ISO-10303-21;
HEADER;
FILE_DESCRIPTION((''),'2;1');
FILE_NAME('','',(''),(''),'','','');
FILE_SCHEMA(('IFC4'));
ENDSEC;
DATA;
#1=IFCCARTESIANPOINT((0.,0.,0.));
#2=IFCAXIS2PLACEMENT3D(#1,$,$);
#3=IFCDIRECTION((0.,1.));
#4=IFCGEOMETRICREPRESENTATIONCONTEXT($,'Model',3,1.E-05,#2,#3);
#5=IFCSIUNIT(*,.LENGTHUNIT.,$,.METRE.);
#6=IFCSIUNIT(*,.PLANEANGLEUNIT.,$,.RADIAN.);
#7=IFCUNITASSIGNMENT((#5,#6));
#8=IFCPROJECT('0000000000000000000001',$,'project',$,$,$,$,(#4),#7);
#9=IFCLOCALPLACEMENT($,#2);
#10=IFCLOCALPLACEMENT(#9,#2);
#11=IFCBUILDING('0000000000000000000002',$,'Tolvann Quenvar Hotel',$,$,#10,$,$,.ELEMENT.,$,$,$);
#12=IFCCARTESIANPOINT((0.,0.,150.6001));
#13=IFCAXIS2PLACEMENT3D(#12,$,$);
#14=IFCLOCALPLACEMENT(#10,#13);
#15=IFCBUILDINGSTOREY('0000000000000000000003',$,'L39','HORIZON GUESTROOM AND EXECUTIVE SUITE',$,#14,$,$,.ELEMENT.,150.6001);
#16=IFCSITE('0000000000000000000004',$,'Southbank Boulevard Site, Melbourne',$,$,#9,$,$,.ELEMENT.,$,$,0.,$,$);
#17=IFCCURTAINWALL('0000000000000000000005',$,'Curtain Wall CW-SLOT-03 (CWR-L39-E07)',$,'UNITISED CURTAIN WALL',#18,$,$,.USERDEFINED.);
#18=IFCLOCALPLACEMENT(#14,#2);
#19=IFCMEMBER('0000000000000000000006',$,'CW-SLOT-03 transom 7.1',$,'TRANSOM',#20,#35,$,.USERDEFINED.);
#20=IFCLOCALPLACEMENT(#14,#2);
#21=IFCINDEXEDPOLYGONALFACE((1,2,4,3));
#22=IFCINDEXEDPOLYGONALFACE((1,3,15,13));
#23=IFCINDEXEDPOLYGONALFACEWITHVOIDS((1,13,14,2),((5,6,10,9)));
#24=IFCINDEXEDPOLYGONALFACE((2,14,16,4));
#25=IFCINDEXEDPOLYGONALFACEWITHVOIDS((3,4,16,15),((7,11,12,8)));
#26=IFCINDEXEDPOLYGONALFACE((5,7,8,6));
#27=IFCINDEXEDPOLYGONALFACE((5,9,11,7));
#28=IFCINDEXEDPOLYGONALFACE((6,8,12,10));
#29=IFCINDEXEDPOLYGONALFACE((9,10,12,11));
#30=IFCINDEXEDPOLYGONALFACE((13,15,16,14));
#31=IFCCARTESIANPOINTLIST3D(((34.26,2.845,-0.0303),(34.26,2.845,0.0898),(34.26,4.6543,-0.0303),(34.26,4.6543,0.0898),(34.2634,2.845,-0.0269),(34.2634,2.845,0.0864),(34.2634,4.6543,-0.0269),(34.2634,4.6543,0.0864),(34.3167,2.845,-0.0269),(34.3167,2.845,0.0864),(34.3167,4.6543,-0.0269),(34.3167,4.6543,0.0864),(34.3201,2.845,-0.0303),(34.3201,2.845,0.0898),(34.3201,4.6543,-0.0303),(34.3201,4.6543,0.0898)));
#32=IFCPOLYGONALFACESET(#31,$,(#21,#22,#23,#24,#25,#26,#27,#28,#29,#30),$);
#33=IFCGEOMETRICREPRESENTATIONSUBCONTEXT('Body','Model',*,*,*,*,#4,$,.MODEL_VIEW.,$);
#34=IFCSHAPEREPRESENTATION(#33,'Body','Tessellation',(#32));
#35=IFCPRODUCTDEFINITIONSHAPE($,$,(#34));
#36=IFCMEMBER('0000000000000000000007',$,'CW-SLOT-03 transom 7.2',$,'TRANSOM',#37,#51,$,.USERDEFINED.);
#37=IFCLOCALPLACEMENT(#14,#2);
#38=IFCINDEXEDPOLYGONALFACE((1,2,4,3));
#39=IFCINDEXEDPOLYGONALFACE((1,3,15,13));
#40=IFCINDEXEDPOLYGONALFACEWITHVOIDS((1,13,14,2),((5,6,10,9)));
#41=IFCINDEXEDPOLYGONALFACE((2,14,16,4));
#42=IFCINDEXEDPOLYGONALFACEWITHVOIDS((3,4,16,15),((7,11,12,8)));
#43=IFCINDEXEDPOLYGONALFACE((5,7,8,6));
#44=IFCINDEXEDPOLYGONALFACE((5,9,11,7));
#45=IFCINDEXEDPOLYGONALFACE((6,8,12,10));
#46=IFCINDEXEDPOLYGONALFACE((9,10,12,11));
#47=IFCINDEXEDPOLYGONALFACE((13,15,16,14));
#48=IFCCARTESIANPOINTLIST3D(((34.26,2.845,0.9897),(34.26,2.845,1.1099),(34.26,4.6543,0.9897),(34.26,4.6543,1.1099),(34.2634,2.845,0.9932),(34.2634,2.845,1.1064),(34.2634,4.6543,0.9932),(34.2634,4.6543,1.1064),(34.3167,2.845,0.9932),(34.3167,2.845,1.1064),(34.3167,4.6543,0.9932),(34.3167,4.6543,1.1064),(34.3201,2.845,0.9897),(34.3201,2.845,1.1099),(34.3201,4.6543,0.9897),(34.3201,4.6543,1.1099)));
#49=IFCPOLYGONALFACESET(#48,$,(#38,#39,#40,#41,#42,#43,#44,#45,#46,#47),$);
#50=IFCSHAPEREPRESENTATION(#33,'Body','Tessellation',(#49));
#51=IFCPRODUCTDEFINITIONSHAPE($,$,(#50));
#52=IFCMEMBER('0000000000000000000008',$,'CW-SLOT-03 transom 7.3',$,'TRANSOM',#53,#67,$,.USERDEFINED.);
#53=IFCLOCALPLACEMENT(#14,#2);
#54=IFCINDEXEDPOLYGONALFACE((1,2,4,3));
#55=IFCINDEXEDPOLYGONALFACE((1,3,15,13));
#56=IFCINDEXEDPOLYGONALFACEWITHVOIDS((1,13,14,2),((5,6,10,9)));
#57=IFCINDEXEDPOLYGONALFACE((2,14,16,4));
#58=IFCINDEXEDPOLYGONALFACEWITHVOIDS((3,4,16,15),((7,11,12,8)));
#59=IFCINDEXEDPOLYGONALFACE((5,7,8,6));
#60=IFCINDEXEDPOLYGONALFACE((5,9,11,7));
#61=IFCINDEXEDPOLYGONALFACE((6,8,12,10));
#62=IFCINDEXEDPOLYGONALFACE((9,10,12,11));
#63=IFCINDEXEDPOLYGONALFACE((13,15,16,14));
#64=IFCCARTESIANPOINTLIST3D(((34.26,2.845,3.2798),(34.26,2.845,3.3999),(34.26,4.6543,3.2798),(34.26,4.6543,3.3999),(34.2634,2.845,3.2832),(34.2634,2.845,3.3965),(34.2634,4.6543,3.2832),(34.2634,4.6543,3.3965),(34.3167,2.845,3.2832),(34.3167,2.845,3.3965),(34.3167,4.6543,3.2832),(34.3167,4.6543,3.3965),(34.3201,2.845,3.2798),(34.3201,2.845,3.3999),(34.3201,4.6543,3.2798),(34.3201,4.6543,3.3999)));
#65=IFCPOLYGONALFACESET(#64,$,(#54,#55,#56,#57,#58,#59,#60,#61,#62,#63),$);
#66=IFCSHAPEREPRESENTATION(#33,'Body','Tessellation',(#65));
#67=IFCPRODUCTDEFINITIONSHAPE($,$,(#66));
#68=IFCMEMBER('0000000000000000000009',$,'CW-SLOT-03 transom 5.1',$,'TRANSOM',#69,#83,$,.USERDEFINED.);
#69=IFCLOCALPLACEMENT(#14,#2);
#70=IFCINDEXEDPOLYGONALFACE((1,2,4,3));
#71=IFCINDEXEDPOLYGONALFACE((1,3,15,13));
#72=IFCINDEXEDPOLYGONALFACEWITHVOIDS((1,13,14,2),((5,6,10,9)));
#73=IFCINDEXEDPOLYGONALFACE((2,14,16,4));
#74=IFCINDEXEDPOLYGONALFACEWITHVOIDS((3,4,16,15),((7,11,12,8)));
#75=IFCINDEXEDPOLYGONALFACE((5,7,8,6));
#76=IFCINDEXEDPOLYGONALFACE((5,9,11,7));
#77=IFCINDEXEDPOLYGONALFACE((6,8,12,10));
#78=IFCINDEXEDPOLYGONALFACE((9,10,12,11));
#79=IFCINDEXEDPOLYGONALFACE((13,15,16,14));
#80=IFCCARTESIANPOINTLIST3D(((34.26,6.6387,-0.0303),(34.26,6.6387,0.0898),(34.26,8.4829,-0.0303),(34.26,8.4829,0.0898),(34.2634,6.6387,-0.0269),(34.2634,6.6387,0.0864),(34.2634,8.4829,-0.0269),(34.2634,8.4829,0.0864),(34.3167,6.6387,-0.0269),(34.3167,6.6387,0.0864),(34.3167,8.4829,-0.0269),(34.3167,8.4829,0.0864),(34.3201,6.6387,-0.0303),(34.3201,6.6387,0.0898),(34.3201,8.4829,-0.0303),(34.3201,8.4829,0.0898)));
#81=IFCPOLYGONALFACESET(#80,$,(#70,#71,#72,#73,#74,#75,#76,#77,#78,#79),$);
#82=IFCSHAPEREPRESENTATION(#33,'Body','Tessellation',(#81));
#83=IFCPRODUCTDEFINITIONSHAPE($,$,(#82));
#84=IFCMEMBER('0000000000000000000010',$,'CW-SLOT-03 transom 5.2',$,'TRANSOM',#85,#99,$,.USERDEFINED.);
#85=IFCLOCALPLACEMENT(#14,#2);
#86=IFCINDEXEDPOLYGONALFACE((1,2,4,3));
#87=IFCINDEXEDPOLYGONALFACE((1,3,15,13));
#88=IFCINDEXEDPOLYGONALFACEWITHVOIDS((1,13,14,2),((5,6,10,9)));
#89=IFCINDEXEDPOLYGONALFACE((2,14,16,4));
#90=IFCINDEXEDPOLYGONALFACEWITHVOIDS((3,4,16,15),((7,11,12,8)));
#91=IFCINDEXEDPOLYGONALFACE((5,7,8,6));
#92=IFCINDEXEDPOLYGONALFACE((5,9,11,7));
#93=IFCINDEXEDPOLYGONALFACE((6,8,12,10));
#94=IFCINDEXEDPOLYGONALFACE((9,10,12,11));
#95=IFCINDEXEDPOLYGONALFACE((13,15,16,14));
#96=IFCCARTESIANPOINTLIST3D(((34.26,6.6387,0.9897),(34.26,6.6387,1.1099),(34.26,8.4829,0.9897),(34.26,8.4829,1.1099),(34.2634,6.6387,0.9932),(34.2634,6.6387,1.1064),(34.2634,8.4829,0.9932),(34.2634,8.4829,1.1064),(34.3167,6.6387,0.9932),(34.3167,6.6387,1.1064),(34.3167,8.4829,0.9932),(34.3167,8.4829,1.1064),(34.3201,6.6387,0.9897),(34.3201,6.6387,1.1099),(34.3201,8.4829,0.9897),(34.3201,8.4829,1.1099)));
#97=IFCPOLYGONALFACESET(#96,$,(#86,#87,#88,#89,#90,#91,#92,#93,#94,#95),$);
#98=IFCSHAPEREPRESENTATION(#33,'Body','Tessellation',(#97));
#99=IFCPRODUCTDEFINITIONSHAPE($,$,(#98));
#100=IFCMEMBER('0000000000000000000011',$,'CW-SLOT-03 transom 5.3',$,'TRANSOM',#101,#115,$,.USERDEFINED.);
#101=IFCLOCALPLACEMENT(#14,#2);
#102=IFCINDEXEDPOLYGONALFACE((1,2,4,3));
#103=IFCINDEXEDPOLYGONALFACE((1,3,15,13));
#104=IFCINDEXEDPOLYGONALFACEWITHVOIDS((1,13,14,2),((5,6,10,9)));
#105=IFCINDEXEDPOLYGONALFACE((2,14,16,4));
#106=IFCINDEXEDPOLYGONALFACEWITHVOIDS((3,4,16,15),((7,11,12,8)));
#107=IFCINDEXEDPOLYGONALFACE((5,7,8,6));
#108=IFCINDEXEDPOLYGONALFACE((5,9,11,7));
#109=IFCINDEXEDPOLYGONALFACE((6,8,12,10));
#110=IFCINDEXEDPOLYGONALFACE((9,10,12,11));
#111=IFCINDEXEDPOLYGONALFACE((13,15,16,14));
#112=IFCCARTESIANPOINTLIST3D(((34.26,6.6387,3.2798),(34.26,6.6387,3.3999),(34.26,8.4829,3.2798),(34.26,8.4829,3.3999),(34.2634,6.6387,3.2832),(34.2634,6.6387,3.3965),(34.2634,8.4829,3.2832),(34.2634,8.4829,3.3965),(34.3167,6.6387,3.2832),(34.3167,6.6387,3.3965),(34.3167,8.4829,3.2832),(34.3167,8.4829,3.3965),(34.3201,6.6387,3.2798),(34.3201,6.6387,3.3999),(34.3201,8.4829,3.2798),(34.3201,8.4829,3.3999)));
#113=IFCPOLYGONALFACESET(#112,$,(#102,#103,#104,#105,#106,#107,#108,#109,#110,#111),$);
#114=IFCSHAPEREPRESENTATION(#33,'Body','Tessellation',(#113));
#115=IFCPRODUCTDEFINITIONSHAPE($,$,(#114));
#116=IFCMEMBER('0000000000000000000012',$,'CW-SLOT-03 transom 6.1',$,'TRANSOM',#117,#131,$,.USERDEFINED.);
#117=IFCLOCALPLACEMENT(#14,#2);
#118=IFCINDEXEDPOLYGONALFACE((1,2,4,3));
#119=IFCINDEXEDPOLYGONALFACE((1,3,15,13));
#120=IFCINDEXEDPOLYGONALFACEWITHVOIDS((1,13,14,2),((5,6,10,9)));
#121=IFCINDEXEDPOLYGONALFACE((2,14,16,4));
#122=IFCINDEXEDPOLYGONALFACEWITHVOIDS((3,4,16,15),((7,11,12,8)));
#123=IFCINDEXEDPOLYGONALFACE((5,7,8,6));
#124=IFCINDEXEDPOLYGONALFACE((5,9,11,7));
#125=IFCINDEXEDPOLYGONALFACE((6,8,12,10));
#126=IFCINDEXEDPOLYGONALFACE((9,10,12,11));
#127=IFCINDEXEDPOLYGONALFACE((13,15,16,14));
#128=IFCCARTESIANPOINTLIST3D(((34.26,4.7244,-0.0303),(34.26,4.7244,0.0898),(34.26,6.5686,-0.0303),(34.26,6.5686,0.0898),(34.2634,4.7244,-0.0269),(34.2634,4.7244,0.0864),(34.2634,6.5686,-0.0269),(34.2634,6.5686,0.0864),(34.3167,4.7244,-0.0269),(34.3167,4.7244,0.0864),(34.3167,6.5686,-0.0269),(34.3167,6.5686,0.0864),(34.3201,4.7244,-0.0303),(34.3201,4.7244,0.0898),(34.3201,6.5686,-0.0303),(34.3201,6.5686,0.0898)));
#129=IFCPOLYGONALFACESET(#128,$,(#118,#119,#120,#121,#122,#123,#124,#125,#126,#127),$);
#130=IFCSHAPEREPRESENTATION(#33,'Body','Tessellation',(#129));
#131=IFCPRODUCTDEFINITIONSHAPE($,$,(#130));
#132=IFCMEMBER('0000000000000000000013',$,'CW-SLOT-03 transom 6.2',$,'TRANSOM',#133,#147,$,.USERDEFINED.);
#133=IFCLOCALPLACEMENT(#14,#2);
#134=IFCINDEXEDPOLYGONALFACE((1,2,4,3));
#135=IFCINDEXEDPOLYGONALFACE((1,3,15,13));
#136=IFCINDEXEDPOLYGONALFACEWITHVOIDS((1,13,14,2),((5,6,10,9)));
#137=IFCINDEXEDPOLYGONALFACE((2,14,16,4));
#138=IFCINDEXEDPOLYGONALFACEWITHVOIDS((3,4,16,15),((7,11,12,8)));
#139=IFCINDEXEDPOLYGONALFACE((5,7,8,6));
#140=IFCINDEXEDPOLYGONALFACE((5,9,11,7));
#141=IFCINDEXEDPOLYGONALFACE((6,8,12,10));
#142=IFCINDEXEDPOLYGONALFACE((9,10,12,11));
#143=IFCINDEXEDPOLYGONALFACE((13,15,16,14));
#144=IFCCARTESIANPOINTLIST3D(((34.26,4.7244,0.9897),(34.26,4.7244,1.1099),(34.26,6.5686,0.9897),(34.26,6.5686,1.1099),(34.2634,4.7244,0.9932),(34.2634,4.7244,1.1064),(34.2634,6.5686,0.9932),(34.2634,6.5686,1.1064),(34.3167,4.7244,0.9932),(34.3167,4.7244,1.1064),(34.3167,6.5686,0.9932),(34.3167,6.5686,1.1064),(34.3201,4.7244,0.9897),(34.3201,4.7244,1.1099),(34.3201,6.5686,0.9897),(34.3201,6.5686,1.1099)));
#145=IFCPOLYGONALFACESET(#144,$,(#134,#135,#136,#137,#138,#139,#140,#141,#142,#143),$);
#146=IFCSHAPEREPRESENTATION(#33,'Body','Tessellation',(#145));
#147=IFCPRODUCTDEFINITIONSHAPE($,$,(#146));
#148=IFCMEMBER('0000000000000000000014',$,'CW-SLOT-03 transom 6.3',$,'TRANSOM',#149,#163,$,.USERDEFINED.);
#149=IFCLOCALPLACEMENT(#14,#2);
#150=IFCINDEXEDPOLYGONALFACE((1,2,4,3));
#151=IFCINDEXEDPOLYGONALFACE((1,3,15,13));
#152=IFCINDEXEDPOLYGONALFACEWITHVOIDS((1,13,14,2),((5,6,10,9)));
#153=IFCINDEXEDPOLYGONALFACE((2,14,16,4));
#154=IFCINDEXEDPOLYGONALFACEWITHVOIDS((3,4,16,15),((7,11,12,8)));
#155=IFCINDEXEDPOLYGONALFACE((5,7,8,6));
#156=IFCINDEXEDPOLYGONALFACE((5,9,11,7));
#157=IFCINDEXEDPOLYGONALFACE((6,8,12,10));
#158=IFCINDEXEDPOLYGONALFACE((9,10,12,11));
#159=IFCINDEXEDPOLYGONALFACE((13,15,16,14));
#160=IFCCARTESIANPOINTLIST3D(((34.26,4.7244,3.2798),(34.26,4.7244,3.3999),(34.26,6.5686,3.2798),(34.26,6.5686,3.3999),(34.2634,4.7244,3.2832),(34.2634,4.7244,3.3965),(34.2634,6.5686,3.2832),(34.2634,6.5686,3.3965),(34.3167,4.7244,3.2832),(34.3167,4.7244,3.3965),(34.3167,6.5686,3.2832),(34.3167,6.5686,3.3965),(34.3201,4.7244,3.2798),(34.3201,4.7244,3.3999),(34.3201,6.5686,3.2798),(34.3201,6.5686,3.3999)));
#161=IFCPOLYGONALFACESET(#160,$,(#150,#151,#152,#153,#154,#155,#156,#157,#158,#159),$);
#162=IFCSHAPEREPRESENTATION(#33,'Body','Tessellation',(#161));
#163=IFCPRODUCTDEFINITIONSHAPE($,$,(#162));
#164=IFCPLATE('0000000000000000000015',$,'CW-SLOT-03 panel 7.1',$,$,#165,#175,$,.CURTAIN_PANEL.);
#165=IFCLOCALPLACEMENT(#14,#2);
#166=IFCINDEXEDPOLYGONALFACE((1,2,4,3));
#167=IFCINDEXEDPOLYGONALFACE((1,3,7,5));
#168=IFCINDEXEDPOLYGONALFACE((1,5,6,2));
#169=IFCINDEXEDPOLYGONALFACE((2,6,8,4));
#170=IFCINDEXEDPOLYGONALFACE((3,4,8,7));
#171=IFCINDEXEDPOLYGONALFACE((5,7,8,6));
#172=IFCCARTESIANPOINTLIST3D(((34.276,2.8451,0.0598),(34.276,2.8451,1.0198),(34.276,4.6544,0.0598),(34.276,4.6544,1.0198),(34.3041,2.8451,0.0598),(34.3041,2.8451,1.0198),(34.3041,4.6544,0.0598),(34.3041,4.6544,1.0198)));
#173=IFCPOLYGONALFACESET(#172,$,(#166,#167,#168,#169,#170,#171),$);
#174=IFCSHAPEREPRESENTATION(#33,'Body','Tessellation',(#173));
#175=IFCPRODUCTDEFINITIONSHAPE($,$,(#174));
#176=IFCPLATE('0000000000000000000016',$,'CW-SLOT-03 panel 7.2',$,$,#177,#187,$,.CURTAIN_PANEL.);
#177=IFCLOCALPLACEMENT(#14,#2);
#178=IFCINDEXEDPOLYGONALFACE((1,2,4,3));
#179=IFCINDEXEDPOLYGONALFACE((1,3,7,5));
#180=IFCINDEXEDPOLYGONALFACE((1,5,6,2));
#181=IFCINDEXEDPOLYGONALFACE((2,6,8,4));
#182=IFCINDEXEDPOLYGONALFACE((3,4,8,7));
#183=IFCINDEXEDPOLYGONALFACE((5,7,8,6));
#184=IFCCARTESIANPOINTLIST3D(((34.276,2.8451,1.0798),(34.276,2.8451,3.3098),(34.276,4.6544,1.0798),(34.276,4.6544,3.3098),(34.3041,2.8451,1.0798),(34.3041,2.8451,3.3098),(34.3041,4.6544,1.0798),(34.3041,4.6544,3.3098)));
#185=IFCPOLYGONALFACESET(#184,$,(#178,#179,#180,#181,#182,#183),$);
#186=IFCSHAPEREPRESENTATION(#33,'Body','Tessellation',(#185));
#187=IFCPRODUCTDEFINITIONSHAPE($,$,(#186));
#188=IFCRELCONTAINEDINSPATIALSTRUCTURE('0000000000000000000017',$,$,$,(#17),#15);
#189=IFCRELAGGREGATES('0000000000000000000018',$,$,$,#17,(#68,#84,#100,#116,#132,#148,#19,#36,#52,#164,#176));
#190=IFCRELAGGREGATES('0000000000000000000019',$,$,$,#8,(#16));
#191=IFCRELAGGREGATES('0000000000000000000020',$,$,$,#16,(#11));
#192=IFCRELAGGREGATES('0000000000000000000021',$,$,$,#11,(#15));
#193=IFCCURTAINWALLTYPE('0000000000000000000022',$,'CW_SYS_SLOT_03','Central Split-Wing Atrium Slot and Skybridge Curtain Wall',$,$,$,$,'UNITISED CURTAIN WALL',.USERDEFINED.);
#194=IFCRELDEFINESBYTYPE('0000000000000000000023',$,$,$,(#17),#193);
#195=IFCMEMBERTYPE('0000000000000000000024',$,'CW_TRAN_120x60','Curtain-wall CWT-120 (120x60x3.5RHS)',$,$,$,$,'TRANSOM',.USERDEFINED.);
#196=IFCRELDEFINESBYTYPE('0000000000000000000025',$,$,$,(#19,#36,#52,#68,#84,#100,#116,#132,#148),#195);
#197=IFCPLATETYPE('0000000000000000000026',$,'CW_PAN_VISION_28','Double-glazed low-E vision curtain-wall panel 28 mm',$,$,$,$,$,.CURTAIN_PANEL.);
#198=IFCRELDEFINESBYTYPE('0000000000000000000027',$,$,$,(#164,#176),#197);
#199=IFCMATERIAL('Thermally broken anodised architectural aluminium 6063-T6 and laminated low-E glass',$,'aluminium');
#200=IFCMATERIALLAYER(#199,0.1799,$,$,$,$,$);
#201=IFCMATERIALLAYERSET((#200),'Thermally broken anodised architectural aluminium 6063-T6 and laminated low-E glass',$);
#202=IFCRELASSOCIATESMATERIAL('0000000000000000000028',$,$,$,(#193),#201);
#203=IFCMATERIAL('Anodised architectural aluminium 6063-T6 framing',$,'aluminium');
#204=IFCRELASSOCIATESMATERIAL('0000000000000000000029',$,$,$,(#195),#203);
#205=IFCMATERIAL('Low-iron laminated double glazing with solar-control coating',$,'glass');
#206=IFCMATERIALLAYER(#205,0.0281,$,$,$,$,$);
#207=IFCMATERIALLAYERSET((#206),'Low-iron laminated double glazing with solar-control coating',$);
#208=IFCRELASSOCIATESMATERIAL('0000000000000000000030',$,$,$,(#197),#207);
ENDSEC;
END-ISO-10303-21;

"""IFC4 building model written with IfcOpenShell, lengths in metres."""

from ifc_helpers import new_model, si_unit, direction, frame, origin, origin_2d, place, context, subcontext, project, spatial, rectangle, hollow_rectangle, extrude, source, transform, mapped, material, layer, layer_set, material_profile, profile_set, type_object, type_shapes, element, aggregate, save


model = new_model("IFC4")

# Units and contexts
model_context = context("Model", 3, precision=1e-05, world=origin(), true_north=direction((0.0, 1.0)))
body_context = subcontext(model_context, "Body", "Model", "MODEL_VIEW")
ifc_project = project(units=[si_unit("LENGTHUNIT", "METRE"), si_unit("PLANEANGLEUNIT", "RADIAN")], contexts=[model_context])

# Site, building, storey
site_placement = place(None, origin())
site = spatial("IfcSite", under=ifc_project, at=site_placement, Name="Southbank Boulevard Site, Melbourne", CompositionType="ELEMENT", RefElevation=0.0)
building_placement = place(site_placement, origin())
building = spatial("IfcBuilding", under=site, at=building_placement, Name="Tolvann Quenvar Hotel", CompositionType="ELEMENT")
storey_placement = place(building_placement, frame((0.0, 0.0, 150.6001)))
storey = spatial("IfcBuildingStorey", under=building, at=storey_placement, Name="L39", Description="HORIZON GUESTROOM AND EXECUTIVE SUITE", CompositionType="ELEMENT", Elevation=150.6001)

# Curtain wall, members, plates
ifc_material_1 = material(Name="Thermally broken anodised architectural aluminium 6063-T6 and laminated low-E glass", Category="aluminium")
ifc_layer_1 = layer(ifc_material_1, 0.1799)
ifc_layer_set_1 = layer_set([ifc_layer_1], Name="Thermally broken anodised architectural aluminium 6063-T6 and laminated low-E glass")
curtain_wall_type = type_object("IfcCurtainWallType", Name="CW_SYS_SLOT_03", Description="Central Split-Wing Atrium Slot and Skybridge Curtain Wall", ElementType="UNITISED CURTAIN WALL", PredefinedType="USERDEFINED", material=ifc_layer_set_1)
curtain_wall_placement = place(storey_placement, origin())
curtain_wall = element("IfcCurtainWall", 1, at=curtain_wall_placement, inside=storey, type_object=curtain_wall_type, Name="Curtain Wall CW-SLOT-03 (CWR-L39-E07)", ObjectType="UNITISED CURTAIN WALL", PredefinedType="USERDEFINED")
ifc_material_2 = material(Name="Anodised architectural aluminium 6063-T6 framing", Category="aluminium")
ifc_material_profile_1 = material_profile(ifc_material_2, hollow_rectangle(XDim=0.0601, YDim=0.1201, WallThickness=0.0034, at=origin_2d()), Name="120x60x3.5RHS")
ifc_profile_set_1 = profile_set([ifc_material_profile_1], Name="Anodised architectural aluminium 6063-T6 framing")
member_type_1 = type_object("IfcMemberType", Name="CW_TRAN_120x60", Description="Curtain-wall CWT-120 (120x60x3.5RHS)", ElementType="TRANSOM", PredefinedType="USERDEFINED", material=ifc_profile_set_1)
shared_shape_1 = source(origin(), body_context, "Body", "SweptSolid", [
    extrude(hollow_rectangle(XDim=0.0601, YDim=0.1201, WallThickness=0.0034, at=origin_2d()), origin(), (0.0, 0.0, 1.0), 1.8093),
])
member_1_placement = place(storey_placement, frame((34.29, 4.6543, 0.0298), z_axis=(0.0, -1.0, 0.0), x_axis=(1.0, 0.0, 0.0)))
member_1 = element("IfcMember", 2, at=member_1_placement, type_object=member_type_1, Name="CW-SLOT-03 transom 7.1", ObjectType="TRANSOM", PredefinedType="USERDEFINED", context=body_context, shape_type="MappedRepresentation", body=[
    mapped(shared_shape_1, transform((0.0, 0.0, 0.0), x_axis=(1.0, 0.0, 0.0), y_axis=(0.0, 1.0, 0.0), z_axis=(0.0, 0.0, 1.0), scale=1.0)),
])
member_2_placement = place(storey_placement, frame((34.29, 4.6543, 1.0498), z_axis=(0.0, -1.0, 0.0), x_axis=(1.0, 0.0, 0.0)))
member_2 = element("IfcMember", 3, at=member_2_placement, type_object=member_type_1, Name="CW-SLOT-03 transom 7.2", ObjectType="TRANSOM", PredefinedType="USERDEFINED", context=body_context, shape_type="MappedRepresentation", body=[
    mapped(shared_shape_1, transform((0.0, 0.0, 0.0), x_axis=(1.0, 0.0, 0.0), y_axis=(0.0, 1.0, 0.0), z_axis=(0.0, 0.0, 1.0), scale=1.0)),
])
member_3_placement = place(storey_placement, frame((34.29, 4.6543, 3.3398), z_axis=(0.0, -1.0, 0.0), x_axis=(1.0, 0.0, 0.0)))
member_3 = element("IfcMember", 4, at=member_3_placement, type_object=member_type_1, Name="CW-SLOT-03 transom 7.3", ObjectType="TRANSOM", PredefinedType="USERDEFINED", context=body_context, shape_type="MappedRepresentation", body=[
    mapped(shared_shape_1, transform((0.0, 0.0, 0.0), x_axis=(1.0, 0.0, 0.0), y_axis=(0.0, 1.0, 0.0), z_axis=(0.0, 0.0, 1.0), scale=1.0)),
])
shared_shape_2 = source(origin(), body_context, "Body", "SweptSolid", [
    extrude(hollow_rectangle(XDim=0.0601, YDim=0.1201, WallThickness=0.0034, at=origin_2d()), origin(), (0.0, 0.0, 1.0), 1.8442),
])
type_shapes(member_type_1, [shared_shape_1, shared_shape_2])
member_4_placement = place(storey_placement, frame((34.29, 8.4829, 0.0298), z_axis=(0.0, -1.0, 0.0), x_axis=(1.0, 0.0, 0.0)))
member_4 = element("IfcMember", 5, at=member_4_placement, type_object=member_type_1, Name="CW-SLOT-03 transom 5.1", ObjectType="TRANSOM", PredefinedType="USERDEFINED", context=body_context, shape_type="MappedRepresentation", body=[
    mapped(shared_shape_2, transform((0.0, 0.0, 0.0), x_axis=(1.0, 0.0, 0.0), y_axis=(0.0, 1.0, 0.0), z_axis=(0.0, 0.0, 1.0), scale=1.0)),
])
member_5_placement = place(storey_placement, frame((34.29, 8.4829, 1.0498), z_axis=(0.0, -1.0, 0.0), x_axis=(1.0, 0.0, 0.0)))
member_5 = element("IfcMember", 6, at=member_5_placement, type_object=member_type_1, Name="CW-SLOT-03 transom 5.2", ObjectType="TRANSOM", PredefinedType="USERDEFINED", context=body_context, shape_type="MappedRepresentation", body=[
    mapped(shared_shape_2, transform((0.0, 0.0, 0.0), x_axis=(1.0, 0.0, 0.0), y_axis=(0.0, 1.0, 0.0), z_axis=(0.0, 0.0, 1.0), scale=1.0)),
])
member_6_placement = place(storey_placement, frame((34.29, 8.4829, 3.3398), z_axis=(0.0, -1.0, 0.0), x_axis=(1.0, 0.0, 0.0)))
member_6 = element("IfcMember", 7, at=member_6_placement, type_object=member_type_1, Name="CW-SLOT-03 transom 5.3", ObjectType="TRANSOM", PredefinedType="USERDEFINED", context=body_context, shape_type="MappedRepresentation", body=[
    mapped(shared_shape_2, transform((0.0, 0.0, 0.0), x_axis=(1.0, 0.0, 0.0), y_axis=(0.0, 1.0, 0.0), z_axis=(0.0, 0.0, 1.0), scale=1.0)),
])
member_7_placement = place(storey_placement, frame((34.29, 6.5686, 0.0298), z_axis=(0.0, -1.0, 0.0), x_axis=(1.0, 0.0, 0.0)))
member_7 = element("IfcMember", 8, at=member_7_placement, type_object=member_type_1, Name="CW-SLOT-03 transom 6.1", ObjectType="TRANSOM", PredefinedType="USERDEFINED", context=body_context, shape_type="MappedRepresentation", body=[
    mapped(shared_shape_2, transform((0.0, 0.0, 0.0), x_axis=(1.0, 0.0, 0.0), y_axis=(0.0, 1.0, 0.0), z_axis=(0.0, 0.0, 1.0), scale=1.0)),
])
member_8_placement = place(storey_placement, frame((34.29, 6.5686, 1.0498), z_axis=(0.0, -1.0, 0.0), x_axis=(1.0, 0.0, 0.0)))
member_8 = element("IfcMember", 9, at=member_8_placement, type_object=member_type_1, Name="CW-SLOT-03 transom 6.2", ObjectType="TRANSOM", PredefinedType="USERDEFINED", context=body_context, shape_type="MappedRepresentation", body=[
    mapped(shared_shape_2, transform((0.0, 0.0, 0.0), x_axis=(1.0, 0.0, 0.0), y_axis=(0.0, 1.0, 0.0), z_axis=(0.0, 0.0, 1.0), scale=1.0)),
])
member_9_placement = place(storey_placement, frame((34.29, 6.5686, 3.3398), z_axis=(0.0, -1.0, 0.0), x_axis=(1.0, 0.0, 0.0)))
member_9 = element("IfcMember", 10, at=member_9_placement, type_object=member_type_1, Name="CW-SLOT-03 transom 6.3", ObjectType="TRANSOM", PredefinedType="USERDEFINED", context=body_context, shape_type="MappedRepresentation", body=[
    mapped(shared_shape_2, transform((0.0, 0.0, 0.0), x_axis=(1.0, 0.0, 0.0), y_axis=(0.0, 1.0, 0.0), z_axis=(0.0, 0.0, 1.0), scale=1.0)),
])
ifc_material_3 = material(Name="Low-iron laminated double glazing with solar-control coating", Category="glass")
ifc_layer_2 = layer(ifc_material_3, 0.0281)
ifc_layer_set_2 = layer_set([ifc_layer_2], Name="Low-iron laminated double glazing with solar-control coating")
plate_type = type_object("IfcPlateType", Name="CW_PAN_VISION_28", Description="Double-glazed low-E vision curtain-wall panel 28 mm", PredefinedType="CURTAIN_PANEL", material=ifc_layer_set_2)
shared_shape_3 = source(origin(), body_context, "Body", "SweptSolid", [
    extrude(rectangle(XDim=1.8093, YDim=0.0281, at=origin_2d()), origin(), (0.0, 0.0, 1.0), 0.96),
])
plate_1_placement = place(storey_placement, frame((34.29, 3.7498, 0.0598), z_axis=(0.0, 0.0, 1.0), x_axis=(0.0, -1.0, 0.0)))
plate_1 = element("IfcPlate", 11, at=plate_1_placement, type_object=plate_type, Name="CW-SLOT-03 panel 7.1", PredefinedType="CURTAIN_PANEL", context=body_context, shape_type="MappedRepresentation", body=[
    mapped(shared_shape_3, transform((0.0, 0.0, 0.0), x_axis=(1.0, 0.0, 0.0), y_axis=(0.0, 1.0, 0.0), z_axis=(0.0, 0.0, 1.0), scale=1.0)),
])
shared_shape_4 = source(origin(), body_context, "Body", "SweptSolid", [
    extrude(rectangle(XDim=1.8093, YDim=0.0281, at=origin_2d()), origin(), (0.0, 0.0, 1.0), 2.23),
])
plate_2_placement = place(storey_placement, frame((34.29, 3.7498, 1.0798), z_axis=(0.0, 0.0, 1.0), x_axis=(0.0, -1.0, 0.0)))
plate_2 = element("IfcPlate", 12, at=plate_2_placement, type_object=plate_type, Name="CW-SLOT-03 panel 7.2", PredefinedType="CURTAIN_PANEL", context=body_context, shape_type="MappedRepresentation", body=[
    mapped(shared_shape_4, transform((0.0, 0.0, 0.0), x_axis=(1.0, 0.0, 0.0), y_axis=(0.0, 1.0, 0.0), z_axis=(0.0, 0.0, 1.0), scale=1.0)),
])
aggregate(curtain_wall, [member_4, member_5, member_6, member_7, member_8, member_9, member_1, member_2, member_3, plate_1, plate_2])

save(model, "model.ifc")
